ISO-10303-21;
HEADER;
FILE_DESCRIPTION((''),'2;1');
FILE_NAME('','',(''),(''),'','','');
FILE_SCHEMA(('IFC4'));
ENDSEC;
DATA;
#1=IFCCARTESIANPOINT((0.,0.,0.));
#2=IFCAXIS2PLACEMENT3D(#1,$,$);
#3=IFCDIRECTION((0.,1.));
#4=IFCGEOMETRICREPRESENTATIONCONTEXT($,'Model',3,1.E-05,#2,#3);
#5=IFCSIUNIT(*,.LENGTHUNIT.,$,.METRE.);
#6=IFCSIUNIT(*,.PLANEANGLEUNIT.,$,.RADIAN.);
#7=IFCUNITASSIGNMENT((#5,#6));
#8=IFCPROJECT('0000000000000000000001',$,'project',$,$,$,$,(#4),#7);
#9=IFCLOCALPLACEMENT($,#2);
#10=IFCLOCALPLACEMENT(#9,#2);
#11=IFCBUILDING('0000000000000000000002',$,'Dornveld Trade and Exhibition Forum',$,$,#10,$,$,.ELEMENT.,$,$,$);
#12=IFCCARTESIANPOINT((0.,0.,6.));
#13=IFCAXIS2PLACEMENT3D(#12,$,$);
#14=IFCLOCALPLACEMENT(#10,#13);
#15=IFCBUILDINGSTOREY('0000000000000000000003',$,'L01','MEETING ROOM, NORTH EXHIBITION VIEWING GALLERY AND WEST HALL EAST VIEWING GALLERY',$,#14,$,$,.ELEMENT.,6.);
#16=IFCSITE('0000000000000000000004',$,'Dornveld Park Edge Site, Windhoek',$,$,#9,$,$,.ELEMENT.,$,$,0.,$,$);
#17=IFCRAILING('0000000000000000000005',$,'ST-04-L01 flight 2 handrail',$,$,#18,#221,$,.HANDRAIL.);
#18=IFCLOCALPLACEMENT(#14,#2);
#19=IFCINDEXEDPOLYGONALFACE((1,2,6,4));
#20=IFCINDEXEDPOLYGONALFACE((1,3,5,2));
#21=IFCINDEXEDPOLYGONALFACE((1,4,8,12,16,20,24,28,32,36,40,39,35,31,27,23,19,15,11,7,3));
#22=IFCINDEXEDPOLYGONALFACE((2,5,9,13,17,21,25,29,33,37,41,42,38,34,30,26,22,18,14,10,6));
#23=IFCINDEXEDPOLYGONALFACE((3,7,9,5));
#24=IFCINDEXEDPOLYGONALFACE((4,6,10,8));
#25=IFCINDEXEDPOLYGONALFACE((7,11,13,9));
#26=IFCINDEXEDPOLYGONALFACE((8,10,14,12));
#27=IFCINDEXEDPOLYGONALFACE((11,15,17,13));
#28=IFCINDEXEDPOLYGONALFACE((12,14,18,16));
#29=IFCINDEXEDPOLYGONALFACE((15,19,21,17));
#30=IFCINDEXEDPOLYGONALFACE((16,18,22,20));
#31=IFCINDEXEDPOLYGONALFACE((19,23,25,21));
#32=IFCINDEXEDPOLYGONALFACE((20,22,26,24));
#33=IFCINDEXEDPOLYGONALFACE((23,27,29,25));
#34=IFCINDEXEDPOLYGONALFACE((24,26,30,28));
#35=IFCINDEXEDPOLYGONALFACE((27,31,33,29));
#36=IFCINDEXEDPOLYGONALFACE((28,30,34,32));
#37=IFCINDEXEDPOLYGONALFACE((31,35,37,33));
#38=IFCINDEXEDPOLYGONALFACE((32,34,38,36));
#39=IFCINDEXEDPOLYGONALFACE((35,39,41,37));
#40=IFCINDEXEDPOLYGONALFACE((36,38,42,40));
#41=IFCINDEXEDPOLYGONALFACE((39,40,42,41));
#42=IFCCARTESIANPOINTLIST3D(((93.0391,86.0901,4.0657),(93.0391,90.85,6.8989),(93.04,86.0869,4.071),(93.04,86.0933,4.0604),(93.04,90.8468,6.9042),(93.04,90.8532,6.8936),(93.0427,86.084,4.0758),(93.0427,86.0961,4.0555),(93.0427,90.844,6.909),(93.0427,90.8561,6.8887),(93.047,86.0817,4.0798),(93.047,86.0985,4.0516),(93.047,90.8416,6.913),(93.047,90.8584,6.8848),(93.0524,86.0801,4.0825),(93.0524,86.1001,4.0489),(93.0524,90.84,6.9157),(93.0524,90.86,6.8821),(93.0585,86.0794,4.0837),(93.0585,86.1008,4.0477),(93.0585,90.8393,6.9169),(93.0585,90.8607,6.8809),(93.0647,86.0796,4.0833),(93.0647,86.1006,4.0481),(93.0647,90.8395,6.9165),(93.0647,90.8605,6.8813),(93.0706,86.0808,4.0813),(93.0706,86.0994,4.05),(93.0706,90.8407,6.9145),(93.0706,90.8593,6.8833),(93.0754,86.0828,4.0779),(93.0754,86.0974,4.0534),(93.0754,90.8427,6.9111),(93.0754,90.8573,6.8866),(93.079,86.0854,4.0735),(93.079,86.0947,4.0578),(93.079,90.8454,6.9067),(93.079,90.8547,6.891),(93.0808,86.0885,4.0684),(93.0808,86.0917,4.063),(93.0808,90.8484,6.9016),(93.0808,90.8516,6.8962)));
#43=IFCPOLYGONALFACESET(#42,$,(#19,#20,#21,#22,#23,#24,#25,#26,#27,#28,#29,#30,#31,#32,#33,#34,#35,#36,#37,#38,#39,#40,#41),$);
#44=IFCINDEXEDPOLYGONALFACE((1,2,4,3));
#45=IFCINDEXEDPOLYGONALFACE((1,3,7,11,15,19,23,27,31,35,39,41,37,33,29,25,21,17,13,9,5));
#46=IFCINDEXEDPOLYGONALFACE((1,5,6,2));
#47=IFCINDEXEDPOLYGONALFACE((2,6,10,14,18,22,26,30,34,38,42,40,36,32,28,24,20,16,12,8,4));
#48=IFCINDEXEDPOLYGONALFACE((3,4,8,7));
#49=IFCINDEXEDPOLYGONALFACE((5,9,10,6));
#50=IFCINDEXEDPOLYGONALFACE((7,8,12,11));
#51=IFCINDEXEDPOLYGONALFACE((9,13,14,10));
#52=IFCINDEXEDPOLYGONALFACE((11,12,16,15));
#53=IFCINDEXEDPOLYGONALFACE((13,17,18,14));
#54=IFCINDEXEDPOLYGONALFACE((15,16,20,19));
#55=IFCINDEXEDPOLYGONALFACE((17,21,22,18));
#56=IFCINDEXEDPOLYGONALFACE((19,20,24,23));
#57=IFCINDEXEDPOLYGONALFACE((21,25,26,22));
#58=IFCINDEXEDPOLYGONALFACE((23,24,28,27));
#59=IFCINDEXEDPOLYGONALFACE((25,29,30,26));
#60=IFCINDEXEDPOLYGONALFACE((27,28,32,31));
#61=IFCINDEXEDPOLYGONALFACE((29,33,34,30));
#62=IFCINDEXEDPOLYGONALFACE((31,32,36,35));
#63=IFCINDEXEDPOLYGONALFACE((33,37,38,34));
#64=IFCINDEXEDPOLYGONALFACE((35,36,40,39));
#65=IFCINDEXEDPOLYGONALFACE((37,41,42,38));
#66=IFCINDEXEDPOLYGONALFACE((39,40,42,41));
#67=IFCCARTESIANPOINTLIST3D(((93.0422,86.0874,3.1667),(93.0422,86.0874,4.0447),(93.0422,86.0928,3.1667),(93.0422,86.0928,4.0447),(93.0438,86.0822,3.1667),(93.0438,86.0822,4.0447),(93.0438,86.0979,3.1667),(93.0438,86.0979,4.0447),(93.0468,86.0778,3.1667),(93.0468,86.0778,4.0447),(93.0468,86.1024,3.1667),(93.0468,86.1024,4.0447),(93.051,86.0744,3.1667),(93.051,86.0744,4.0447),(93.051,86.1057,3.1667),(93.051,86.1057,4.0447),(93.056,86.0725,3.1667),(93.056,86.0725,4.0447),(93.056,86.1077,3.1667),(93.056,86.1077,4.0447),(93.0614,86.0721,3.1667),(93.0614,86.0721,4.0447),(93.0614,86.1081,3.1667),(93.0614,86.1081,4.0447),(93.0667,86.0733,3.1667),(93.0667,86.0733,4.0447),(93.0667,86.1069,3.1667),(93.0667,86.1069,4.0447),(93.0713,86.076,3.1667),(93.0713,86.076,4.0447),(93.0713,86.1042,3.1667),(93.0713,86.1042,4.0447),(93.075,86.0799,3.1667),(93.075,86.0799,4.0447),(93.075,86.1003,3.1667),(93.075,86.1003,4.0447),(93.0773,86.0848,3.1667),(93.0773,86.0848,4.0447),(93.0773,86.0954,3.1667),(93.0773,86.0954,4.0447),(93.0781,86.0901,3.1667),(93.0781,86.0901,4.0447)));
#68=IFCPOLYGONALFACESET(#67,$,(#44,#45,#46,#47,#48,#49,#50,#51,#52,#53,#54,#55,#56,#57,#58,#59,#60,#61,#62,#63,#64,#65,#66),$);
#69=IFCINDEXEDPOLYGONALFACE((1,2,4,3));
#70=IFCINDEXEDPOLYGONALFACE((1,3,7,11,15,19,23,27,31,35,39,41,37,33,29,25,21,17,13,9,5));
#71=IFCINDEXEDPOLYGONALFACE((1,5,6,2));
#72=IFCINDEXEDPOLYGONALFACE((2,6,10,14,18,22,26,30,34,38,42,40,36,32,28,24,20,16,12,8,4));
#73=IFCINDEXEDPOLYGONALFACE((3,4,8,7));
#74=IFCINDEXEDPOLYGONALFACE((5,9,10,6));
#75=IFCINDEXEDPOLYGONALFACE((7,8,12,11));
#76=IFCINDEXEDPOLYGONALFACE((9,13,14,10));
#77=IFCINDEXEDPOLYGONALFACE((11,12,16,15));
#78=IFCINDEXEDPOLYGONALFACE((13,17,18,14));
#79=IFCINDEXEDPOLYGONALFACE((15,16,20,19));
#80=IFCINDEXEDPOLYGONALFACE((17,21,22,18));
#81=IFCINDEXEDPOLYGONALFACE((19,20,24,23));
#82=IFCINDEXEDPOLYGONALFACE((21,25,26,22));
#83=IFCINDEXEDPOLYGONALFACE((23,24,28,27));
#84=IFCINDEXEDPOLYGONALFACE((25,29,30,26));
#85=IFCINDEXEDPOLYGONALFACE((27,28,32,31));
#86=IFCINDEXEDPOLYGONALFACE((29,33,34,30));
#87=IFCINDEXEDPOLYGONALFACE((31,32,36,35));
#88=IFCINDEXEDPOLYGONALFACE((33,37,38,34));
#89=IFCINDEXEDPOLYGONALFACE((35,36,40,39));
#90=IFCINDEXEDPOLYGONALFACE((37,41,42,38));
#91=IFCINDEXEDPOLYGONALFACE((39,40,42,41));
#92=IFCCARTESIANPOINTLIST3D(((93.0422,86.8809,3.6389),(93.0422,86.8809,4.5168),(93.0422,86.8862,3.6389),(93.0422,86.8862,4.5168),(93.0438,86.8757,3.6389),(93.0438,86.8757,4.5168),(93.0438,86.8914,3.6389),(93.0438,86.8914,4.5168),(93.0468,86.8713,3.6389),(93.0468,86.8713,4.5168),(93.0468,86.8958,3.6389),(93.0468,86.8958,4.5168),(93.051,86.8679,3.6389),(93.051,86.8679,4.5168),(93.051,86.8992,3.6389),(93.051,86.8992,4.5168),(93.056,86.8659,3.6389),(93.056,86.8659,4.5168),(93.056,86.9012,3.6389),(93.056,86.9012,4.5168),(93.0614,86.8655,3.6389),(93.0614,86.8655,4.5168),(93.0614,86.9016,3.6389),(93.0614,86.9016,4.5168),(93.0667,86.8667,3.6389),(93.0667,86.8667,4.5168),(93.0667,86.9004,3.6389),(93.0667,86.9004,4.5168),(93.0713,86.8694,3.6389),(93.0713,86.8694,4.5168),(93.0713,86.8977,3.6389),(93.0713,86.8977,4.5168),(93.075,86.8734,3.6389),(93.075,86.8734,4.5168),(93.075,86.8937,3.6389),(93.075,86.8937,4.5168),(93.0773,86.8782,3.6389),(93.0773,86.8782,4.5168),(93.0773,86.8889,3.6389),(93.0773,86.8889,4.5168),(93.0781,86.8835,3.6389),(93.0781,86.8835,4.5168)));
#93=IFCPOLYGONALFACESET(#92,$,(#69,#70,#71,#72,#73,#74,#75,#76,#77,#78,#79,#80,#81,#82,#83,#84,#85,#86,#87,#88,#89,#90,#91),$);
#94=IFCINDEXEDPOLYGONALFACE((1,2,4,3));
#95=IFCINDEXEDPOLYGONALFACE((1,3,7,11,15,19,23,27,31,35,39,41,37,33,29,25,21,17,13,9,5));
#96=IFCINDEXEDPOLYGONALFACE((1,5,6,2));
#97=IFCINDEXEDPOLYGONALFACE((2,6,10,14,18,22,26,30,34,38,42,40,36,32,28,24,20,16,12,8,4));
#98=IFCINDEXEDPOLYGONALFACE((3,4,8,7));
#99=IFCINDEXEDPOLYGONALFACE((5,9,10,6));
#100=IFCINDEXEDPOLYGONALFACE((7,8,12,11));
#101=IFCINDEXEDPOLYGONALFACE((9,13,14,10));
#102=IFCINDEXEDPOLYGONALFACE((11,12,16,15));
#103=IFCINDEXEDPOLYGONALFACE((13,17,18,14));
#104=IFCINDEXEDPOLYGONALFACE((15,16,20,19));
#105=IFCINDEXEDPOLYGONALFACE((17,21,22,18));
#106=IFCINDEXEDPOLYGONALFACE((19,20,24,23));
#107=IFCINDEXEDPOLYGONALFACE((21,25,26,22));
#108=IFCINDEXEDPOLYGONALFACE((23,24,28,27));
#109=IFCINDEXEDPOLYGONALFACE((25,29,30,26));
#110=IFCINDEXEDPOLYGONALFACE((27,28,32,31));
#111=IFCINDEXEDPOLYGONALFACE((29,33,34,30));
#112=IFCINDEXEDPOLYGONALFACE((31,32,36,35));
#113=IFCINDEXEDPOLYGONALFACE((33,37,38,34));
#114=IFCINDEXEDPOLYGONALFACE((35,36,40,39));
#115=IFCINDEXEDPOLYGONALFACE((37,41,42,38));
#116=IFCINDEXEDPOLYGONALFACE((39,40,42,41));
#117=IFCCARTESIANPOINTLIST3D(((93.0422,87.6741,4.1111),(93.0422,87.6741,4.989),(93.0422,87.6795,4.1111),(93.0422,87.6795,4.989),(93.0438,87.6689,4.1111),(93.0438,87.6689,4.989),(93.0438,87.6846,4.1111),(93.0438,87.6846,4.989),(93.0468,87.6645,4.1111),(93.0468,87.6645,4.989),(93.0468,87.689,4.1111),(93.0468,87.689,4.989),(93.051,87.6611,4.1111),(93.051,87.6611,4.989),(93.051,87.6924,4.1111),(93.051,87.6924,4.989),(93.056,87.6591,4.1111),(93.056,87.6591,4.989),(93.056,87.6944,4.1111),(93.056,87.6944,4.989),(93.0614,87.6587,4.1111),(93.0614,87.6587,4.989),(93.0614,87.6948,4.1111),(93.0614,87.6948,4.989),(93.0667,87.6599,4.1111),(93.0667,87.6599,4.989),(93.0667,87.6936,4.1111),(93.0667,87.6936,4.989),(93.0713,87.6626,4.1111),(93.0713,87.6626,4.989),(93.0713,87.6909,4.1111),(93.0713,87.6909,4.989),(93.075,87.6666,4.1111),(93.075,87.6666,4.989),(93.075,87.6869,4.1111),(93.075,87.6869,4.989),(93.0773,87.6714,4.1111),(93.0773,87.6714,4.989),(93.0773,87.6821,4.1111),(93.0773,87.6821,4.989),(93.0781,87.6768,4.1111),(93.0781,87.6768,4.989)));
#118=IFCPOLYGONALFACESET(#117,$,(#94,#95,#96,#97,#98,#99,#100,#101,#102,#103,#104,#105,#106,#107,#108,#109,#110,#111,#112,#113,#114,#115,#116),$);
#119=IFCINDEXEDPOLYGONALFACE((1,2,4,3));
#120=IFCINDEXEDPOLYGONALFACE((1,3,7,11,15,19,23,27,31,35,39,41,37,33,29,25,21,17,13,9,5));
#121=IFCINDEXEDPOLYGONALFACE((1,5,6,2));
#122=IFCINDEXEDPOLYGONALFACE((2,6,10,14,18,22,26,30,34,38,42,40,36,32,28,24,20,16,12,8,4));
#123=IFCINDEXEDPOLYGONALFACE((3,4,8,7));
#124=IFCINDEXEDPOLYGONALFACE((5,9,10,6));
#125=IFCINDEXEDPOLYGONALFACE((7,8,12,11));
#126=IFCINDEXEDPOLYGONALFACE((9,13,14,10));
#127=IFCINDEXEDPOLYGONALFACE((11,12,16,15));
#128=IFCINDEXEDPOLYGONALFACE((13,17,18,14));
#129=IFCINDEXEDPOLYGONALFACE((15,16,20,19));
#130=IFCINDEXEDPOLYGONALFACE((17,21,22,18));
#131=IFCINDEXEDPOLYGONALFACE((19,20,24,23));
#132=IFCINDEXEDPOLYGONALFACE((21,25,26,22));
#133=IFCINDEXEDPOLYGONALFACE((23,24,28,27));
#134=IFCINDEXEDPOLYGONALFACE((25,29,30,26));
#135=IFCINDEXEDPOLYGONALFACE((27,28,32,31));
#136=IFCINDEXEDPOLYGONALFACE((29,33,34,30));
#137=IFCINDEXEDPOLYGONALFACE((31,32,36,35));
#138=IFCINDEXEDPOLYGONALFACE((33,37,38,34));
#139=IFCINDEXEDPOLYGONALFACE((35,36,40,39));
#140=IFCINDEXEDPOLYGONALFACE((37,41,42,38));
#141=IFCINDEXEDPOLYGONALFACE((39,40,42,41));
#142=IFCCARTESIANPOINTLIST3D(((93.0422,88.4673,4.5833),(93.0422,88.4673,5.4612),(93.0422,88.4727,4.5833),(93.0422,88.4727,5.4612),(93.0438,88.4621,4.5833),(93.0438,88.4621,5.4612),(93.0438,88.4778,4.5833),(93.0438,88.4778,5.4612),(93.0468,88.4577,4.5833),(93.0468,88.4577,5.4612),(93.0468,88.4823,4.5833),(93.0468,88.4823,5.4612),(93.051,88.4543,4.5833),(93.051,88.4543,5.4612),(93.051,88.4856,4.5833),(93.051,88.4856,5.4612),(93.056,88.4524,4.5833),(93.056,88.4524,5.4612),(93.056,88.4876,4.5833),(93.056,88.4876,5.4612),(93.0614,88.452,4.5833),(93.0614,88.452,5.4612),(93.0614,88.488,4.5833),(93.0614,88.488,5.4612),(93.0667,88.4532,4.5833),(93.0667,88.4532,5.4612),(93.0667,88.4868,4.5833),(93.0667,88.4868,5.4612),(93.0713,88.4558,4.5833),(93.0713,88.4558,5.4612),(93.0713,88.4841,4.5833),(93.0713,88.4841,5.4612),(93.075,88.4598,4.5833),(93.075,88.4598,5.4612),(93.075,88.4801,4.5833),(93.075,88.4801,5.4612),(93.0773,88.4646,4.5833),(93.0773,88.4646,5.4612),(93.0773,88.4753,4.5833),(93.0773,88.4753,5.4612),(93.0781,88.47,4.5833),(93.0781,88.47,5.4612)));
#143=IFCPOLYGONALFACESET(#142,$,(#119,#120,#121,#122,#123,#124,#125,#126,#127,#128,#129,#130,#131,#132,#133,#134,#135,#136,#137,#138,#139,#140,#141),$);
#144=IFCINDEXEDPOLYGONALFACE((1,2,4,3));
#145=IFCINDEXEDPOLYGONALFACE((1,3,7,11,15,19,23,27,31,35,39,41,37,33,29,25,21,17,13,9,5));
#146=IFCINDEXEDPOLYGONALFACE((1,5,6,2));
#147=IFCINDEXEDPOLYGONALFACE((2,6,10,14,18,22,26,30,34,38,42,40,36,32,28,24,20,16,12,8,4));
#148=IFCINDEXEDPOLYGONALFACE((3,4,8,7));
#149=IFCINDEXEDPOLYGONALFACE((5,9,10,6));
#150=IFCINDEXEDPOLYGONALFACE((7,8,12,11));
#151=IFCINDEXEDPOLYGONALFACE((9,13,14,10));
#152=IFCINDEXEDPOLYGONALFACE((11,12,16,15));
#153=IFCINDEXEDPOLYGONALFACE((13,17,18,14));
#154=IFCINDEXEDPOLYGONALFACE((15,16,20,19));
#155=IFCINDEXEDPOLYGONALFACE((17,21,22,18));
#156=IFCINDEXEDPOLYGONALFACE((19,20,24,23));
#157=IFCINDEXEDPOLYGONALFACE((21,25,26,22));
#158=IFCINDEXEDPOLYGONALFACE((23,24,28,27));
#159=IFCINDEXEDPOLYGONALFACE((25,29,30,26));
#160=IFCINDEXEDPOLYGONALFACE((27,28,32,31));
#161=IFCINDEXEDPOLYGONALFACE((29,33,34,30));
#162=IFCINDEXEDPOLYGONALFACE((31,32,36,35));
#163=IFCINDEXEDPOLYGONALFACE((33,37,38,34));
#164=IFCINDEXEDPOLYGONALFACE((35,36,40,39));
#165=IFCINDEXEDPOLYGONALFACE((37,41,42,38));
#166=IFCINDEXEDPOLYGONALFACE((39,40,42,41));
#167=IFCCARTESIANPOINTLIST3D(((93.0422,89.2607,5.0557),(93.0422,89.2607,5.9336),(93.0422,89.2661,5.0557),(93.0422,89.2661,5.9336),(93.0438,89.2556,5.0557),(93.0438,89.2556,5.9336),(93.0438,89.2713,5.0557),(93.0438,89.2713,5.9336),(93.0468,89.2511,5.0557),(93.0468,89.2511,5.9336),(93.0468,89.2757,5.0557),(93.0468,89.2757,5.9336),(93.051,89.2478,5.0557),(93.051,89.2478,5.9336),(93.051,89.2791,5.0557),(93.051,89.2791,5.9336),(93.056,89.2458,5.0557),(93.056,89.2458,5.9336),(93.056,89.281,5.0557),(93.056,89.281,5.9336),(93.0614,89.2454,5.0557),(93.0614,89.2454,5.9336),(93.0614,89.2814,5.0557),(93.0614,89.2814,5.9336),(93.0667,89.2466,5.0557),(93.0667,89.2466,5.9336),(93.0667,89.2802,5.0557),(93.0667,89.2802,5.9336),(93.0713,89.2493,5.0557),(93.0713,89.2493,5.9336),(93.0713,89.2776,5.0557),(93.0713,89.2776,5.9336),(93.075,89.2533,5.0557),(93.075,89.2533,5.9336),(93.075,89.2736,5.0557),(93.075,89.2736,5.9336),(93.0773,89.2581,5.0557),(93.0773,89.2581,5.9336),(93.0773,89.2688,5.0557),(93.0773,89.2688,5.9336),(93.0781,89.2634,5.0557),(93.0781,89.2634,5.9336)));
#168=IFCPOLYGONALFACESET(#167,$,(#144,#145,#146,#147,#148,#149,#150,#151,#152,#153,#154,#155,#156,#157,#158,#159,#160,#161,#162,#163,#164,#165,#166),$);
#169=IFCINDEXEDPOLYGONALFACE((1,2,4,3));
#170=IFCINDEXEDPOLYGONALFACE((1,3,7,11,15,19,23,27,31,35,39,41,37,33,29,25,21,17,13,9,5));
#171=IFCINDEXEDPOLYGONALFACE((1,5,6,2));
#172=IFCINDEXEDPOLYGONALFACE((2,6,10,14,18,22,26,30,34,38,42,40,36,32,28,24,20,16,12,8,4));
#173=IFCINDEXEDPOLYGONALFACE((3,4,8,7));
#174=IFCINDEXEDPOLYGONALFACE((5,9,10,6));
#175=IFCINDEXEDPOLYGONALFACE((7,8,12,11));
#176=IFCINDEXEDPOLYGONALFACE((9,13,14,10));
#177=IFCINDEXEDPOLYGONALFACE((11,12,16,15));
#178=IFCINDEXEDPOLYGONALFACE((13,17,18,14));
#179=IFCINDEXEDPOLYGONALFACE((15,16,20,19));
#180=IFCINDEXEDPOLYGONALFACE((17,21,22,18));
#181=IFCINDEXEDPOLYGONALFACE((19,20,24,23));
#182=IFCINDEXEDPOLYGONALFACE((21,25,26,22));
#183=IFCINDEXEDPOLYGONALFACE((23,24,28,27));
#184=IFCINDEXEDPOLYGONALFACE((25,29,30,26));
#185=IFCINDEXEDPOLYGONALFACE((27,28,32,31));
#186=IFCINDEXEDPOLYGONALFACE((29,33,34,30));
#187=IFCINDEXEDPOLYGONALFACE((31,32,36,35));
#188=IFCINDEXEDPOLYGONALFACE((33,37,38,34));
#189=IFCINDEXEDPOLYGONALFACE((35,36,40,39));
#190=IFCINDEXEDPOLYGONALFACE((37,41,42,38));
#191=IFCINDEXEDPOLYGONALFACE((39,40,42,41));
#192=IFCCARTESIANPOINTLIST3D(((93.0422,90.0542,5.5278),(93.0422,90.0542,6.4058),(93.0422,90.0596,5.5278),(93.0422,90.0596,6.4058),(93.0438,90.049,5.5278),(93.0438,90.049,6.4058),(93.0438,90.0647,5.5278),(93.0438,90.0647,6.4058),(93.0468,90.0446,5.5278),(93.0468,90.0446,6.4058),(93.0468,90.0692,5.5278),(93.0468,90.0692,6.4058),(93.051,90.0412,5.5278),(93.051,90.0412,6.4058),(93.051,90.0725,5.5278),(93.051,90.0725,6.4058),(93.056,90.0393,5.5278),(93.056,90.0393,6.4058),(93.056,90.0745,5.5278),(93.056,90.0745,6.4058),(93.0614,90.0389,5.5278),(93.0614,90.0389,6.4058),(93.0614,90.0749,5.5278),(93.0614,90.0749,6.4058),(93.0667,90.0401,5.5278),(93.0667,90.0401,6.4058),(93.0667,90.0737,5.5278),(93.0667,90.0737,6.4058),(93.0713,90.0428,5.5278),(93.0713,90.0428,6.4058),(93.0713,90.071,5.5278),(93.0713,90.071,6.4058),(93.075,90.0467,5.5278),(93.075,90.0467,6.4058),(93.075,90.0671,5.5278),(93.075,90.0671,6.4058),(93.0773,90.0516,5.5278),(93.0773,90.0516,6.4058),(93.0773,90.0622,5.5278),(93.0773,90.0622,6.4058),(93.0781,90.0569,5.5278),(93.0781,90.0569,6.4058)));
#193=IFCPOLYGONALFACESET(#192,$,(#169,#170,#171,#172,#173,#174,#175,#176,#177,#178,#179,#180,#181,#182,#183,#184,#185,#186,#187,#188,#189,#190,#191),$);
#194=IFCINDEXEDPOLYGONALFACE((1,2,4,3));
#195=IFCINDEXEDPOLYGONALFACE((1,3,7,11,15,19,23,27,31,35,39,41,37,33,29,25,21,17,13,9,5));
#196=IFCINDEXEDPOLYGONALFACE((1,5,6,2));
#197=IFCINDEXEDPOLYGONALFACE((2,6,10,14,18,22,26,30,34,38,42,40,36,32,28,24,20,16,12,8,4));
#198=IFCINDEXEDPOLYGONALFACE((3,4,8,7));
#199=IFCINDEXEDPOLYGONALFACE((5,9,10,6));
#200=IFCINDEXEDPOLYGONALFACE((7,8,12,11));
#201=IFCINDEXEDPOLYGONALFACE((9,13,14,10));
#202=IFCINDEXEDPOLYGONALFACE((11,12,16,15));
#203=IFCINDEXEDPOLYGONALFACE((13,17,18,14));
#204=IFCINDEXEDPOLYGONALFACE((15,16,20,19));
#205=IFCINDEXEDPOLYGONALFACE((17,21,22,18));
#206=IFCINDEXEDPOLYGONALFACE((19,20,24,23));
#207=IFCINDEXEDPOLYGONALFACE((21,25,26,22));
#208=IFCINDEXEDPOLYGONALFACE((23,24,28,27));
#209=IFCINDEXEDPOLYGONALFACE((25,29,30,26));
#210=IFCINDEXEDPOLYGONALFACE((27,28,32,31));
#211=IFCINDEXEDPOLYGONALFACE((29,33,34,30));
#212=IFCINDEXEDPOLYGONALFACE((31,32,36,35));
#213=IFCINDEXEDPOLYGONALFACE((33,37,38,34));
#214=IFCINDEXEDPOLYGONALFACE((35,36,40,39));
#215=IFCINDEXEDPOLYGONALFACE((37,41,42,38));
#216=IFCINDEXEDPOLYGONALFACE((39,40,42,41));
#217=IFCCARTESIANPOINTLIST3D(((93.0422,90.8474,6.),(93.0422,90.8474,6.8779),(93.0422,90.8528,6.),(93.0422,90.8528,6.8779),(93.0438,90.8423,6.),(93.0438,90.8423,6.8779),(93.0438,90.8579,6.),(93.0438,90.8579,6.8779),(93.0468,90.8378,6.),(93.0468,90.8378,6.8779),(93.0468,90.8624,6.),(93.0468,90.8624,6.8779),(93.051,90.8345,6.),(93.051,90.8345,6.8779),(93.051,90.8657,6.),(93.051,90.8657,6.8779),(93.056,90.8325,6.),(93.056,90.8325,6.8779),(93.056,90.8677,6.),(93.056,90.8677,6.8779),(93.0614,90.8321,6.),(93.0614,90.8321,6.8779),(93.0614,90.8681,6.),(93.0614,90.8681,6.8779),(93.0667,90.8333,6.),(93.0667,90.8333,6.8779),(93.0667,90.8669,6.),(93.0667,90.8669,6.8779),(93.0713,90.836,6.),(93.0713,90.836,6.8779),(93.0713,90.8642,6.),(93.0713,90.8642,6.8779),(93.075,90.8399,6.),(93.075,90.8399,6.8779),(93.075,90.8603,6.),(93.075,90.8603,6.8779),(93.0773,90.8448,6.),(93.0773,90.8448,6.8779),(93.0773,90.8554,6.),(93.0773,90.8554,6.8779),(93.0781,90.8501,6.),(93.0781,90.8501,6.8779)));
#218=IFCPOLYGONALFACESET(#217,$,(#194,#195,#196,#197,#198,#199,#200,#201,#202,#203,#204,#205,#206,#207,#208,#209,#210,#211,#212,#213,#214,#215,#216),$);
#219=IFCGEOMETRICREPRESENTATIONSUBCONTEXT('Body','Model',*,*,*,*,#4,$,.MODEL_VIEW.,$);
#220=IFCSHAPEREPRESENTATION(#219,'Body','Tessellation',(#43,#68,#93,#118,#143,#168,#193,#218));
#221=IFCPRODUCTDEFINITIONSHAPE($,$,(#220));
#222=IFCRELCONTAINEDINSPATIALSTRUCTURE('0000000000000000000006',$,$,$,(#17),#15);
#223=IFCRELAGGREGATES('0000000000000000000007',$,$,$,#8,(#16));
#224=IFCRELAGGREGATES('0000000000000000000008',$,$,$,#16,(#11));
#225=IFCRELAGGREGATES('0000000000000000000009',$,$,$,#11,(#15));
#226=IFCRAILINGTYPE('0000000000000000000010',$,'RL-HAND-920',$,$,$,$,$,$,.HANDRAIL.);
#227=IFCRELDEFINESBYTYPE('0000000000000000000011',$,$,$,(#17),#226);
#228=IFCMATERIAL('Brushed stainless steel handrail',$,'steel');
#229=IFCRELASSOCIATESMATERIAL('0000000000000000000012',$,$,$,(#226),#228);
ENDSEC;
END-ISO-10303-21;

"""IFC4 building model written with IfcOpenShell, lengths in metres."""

from ifc_helpers import new_model, si_unit, direction, frame, origin, origin_2d, place, context, subcontext, project, spatial, circle, extrude, material, type_object, element, save


model = new_model("IFC4")

# Units and contexts
model_context = context("Model", 3, precision=1e-05, world=origin(), true_north=direction((0.0, 1.0)))
body_context = subcontext(model_context, "Body", "Model", "MODEL_VIEW")
ifc_project = project(units=[si_unit("LENGTHUNIT", "METRE"), si_unit("PLANEANGLEUNIT", "RADIAN")], contexts=[model_context])

# Site, building, storey
site_placement = place(None, origin())
site = spatial("IfcSite", under=ifc_project, at=site_placement, Name="Dornveld Park Edge Site, Windhoek", CompositionType="ELEMENT", RefElevation=0.0)
building_placement = place(site_placement, origin())
building = spatial("IfcBuilding", under=site, at=building_placement, Name="Dornveld Trade and Exhibition Forum", CompositionType="ELEMENT")
storey_placement = place(building_placement, frame((0.0, 0.0, 6.0)))
storey = spatial("IfcBuildingStorey", under=building, at=storey_placement, Name="L01", Description="MEETING ROOM, NORTH EXHIBITION VIEWING GALLERY AND WEST HALL EAST VIEWING GALLERY", CompositionType="ELEMENT", Elevation=6.0)

# Railing
ifc_material_1 = material(Name="Brushed stainless steel handrail", Category="steel")
railing_type_1 = type_object("IfcRailingType", Name="RL-HAND-920", PredefinedType="HANDRAIL", material=ifc_material_1)
railing_1_placement = place(storey_placement, frame((93.0601, 86.0901, 3.1667)))
element("IfcRailing", 1, at=railing_1_placement, inside=storey, type_object=railing_type_1, Name="ST-04-L01 flight 2 handrail", PredefinedType="HANDRAIL", context=body_context, shape_type="SweptSolid", body=[
    extrude(circle(Radius=0.021, at=origin_2d()), frame((0.0, 0.0, 0.8989), z_axis=(0.0, 0.8593, 0.511472), x_axis=(-1.0, 0.0, 0.0)), (0.0, 0.0, 1.0), 5.5393),
    extrude(circle(Radius=0.0181, at=origin_2d()), origin(), (0.0, 0.0, 1.0), 0.8779),
    extrude(circle(Radius=0.0181, at=origin_2d()), frame((0.0, 0.7935, 0.4722)), (0.0, 0.0, 1.0), 0.8779),
    extrude(circle(Radius=0.0181, at=origin_2d()), frame((0.0, 1.5867, 0.9443)), (0.0, 0.0, 1.0), 0.8779),
    extrude(circle(Radius=0.0181, at=origin_2d()), frame((0.0, 2.3799, 1.4165)), (0.0, 0.0, 1.0), 0.8779),
    extrude(circle(Radius=0.0181, at=origin_2d()), frame((0.0, 3.1733, 1.8889)), (0.0, 0.0, 1.0), 0.8779),
    extrude(circle(Radius=0.0181, at=origin_2d()), frame((0.0, 3.9668, 2.3611)), (0.0, 0.0, 1.0), 0.8779),
    extrude(circle(Radius=0.0181, at=origin_2d()), frame((0.0, 4.76, 2.8333)), (0.0, 0.0, 1.0), 0.8779),
])

save(model, "model.ifc")
